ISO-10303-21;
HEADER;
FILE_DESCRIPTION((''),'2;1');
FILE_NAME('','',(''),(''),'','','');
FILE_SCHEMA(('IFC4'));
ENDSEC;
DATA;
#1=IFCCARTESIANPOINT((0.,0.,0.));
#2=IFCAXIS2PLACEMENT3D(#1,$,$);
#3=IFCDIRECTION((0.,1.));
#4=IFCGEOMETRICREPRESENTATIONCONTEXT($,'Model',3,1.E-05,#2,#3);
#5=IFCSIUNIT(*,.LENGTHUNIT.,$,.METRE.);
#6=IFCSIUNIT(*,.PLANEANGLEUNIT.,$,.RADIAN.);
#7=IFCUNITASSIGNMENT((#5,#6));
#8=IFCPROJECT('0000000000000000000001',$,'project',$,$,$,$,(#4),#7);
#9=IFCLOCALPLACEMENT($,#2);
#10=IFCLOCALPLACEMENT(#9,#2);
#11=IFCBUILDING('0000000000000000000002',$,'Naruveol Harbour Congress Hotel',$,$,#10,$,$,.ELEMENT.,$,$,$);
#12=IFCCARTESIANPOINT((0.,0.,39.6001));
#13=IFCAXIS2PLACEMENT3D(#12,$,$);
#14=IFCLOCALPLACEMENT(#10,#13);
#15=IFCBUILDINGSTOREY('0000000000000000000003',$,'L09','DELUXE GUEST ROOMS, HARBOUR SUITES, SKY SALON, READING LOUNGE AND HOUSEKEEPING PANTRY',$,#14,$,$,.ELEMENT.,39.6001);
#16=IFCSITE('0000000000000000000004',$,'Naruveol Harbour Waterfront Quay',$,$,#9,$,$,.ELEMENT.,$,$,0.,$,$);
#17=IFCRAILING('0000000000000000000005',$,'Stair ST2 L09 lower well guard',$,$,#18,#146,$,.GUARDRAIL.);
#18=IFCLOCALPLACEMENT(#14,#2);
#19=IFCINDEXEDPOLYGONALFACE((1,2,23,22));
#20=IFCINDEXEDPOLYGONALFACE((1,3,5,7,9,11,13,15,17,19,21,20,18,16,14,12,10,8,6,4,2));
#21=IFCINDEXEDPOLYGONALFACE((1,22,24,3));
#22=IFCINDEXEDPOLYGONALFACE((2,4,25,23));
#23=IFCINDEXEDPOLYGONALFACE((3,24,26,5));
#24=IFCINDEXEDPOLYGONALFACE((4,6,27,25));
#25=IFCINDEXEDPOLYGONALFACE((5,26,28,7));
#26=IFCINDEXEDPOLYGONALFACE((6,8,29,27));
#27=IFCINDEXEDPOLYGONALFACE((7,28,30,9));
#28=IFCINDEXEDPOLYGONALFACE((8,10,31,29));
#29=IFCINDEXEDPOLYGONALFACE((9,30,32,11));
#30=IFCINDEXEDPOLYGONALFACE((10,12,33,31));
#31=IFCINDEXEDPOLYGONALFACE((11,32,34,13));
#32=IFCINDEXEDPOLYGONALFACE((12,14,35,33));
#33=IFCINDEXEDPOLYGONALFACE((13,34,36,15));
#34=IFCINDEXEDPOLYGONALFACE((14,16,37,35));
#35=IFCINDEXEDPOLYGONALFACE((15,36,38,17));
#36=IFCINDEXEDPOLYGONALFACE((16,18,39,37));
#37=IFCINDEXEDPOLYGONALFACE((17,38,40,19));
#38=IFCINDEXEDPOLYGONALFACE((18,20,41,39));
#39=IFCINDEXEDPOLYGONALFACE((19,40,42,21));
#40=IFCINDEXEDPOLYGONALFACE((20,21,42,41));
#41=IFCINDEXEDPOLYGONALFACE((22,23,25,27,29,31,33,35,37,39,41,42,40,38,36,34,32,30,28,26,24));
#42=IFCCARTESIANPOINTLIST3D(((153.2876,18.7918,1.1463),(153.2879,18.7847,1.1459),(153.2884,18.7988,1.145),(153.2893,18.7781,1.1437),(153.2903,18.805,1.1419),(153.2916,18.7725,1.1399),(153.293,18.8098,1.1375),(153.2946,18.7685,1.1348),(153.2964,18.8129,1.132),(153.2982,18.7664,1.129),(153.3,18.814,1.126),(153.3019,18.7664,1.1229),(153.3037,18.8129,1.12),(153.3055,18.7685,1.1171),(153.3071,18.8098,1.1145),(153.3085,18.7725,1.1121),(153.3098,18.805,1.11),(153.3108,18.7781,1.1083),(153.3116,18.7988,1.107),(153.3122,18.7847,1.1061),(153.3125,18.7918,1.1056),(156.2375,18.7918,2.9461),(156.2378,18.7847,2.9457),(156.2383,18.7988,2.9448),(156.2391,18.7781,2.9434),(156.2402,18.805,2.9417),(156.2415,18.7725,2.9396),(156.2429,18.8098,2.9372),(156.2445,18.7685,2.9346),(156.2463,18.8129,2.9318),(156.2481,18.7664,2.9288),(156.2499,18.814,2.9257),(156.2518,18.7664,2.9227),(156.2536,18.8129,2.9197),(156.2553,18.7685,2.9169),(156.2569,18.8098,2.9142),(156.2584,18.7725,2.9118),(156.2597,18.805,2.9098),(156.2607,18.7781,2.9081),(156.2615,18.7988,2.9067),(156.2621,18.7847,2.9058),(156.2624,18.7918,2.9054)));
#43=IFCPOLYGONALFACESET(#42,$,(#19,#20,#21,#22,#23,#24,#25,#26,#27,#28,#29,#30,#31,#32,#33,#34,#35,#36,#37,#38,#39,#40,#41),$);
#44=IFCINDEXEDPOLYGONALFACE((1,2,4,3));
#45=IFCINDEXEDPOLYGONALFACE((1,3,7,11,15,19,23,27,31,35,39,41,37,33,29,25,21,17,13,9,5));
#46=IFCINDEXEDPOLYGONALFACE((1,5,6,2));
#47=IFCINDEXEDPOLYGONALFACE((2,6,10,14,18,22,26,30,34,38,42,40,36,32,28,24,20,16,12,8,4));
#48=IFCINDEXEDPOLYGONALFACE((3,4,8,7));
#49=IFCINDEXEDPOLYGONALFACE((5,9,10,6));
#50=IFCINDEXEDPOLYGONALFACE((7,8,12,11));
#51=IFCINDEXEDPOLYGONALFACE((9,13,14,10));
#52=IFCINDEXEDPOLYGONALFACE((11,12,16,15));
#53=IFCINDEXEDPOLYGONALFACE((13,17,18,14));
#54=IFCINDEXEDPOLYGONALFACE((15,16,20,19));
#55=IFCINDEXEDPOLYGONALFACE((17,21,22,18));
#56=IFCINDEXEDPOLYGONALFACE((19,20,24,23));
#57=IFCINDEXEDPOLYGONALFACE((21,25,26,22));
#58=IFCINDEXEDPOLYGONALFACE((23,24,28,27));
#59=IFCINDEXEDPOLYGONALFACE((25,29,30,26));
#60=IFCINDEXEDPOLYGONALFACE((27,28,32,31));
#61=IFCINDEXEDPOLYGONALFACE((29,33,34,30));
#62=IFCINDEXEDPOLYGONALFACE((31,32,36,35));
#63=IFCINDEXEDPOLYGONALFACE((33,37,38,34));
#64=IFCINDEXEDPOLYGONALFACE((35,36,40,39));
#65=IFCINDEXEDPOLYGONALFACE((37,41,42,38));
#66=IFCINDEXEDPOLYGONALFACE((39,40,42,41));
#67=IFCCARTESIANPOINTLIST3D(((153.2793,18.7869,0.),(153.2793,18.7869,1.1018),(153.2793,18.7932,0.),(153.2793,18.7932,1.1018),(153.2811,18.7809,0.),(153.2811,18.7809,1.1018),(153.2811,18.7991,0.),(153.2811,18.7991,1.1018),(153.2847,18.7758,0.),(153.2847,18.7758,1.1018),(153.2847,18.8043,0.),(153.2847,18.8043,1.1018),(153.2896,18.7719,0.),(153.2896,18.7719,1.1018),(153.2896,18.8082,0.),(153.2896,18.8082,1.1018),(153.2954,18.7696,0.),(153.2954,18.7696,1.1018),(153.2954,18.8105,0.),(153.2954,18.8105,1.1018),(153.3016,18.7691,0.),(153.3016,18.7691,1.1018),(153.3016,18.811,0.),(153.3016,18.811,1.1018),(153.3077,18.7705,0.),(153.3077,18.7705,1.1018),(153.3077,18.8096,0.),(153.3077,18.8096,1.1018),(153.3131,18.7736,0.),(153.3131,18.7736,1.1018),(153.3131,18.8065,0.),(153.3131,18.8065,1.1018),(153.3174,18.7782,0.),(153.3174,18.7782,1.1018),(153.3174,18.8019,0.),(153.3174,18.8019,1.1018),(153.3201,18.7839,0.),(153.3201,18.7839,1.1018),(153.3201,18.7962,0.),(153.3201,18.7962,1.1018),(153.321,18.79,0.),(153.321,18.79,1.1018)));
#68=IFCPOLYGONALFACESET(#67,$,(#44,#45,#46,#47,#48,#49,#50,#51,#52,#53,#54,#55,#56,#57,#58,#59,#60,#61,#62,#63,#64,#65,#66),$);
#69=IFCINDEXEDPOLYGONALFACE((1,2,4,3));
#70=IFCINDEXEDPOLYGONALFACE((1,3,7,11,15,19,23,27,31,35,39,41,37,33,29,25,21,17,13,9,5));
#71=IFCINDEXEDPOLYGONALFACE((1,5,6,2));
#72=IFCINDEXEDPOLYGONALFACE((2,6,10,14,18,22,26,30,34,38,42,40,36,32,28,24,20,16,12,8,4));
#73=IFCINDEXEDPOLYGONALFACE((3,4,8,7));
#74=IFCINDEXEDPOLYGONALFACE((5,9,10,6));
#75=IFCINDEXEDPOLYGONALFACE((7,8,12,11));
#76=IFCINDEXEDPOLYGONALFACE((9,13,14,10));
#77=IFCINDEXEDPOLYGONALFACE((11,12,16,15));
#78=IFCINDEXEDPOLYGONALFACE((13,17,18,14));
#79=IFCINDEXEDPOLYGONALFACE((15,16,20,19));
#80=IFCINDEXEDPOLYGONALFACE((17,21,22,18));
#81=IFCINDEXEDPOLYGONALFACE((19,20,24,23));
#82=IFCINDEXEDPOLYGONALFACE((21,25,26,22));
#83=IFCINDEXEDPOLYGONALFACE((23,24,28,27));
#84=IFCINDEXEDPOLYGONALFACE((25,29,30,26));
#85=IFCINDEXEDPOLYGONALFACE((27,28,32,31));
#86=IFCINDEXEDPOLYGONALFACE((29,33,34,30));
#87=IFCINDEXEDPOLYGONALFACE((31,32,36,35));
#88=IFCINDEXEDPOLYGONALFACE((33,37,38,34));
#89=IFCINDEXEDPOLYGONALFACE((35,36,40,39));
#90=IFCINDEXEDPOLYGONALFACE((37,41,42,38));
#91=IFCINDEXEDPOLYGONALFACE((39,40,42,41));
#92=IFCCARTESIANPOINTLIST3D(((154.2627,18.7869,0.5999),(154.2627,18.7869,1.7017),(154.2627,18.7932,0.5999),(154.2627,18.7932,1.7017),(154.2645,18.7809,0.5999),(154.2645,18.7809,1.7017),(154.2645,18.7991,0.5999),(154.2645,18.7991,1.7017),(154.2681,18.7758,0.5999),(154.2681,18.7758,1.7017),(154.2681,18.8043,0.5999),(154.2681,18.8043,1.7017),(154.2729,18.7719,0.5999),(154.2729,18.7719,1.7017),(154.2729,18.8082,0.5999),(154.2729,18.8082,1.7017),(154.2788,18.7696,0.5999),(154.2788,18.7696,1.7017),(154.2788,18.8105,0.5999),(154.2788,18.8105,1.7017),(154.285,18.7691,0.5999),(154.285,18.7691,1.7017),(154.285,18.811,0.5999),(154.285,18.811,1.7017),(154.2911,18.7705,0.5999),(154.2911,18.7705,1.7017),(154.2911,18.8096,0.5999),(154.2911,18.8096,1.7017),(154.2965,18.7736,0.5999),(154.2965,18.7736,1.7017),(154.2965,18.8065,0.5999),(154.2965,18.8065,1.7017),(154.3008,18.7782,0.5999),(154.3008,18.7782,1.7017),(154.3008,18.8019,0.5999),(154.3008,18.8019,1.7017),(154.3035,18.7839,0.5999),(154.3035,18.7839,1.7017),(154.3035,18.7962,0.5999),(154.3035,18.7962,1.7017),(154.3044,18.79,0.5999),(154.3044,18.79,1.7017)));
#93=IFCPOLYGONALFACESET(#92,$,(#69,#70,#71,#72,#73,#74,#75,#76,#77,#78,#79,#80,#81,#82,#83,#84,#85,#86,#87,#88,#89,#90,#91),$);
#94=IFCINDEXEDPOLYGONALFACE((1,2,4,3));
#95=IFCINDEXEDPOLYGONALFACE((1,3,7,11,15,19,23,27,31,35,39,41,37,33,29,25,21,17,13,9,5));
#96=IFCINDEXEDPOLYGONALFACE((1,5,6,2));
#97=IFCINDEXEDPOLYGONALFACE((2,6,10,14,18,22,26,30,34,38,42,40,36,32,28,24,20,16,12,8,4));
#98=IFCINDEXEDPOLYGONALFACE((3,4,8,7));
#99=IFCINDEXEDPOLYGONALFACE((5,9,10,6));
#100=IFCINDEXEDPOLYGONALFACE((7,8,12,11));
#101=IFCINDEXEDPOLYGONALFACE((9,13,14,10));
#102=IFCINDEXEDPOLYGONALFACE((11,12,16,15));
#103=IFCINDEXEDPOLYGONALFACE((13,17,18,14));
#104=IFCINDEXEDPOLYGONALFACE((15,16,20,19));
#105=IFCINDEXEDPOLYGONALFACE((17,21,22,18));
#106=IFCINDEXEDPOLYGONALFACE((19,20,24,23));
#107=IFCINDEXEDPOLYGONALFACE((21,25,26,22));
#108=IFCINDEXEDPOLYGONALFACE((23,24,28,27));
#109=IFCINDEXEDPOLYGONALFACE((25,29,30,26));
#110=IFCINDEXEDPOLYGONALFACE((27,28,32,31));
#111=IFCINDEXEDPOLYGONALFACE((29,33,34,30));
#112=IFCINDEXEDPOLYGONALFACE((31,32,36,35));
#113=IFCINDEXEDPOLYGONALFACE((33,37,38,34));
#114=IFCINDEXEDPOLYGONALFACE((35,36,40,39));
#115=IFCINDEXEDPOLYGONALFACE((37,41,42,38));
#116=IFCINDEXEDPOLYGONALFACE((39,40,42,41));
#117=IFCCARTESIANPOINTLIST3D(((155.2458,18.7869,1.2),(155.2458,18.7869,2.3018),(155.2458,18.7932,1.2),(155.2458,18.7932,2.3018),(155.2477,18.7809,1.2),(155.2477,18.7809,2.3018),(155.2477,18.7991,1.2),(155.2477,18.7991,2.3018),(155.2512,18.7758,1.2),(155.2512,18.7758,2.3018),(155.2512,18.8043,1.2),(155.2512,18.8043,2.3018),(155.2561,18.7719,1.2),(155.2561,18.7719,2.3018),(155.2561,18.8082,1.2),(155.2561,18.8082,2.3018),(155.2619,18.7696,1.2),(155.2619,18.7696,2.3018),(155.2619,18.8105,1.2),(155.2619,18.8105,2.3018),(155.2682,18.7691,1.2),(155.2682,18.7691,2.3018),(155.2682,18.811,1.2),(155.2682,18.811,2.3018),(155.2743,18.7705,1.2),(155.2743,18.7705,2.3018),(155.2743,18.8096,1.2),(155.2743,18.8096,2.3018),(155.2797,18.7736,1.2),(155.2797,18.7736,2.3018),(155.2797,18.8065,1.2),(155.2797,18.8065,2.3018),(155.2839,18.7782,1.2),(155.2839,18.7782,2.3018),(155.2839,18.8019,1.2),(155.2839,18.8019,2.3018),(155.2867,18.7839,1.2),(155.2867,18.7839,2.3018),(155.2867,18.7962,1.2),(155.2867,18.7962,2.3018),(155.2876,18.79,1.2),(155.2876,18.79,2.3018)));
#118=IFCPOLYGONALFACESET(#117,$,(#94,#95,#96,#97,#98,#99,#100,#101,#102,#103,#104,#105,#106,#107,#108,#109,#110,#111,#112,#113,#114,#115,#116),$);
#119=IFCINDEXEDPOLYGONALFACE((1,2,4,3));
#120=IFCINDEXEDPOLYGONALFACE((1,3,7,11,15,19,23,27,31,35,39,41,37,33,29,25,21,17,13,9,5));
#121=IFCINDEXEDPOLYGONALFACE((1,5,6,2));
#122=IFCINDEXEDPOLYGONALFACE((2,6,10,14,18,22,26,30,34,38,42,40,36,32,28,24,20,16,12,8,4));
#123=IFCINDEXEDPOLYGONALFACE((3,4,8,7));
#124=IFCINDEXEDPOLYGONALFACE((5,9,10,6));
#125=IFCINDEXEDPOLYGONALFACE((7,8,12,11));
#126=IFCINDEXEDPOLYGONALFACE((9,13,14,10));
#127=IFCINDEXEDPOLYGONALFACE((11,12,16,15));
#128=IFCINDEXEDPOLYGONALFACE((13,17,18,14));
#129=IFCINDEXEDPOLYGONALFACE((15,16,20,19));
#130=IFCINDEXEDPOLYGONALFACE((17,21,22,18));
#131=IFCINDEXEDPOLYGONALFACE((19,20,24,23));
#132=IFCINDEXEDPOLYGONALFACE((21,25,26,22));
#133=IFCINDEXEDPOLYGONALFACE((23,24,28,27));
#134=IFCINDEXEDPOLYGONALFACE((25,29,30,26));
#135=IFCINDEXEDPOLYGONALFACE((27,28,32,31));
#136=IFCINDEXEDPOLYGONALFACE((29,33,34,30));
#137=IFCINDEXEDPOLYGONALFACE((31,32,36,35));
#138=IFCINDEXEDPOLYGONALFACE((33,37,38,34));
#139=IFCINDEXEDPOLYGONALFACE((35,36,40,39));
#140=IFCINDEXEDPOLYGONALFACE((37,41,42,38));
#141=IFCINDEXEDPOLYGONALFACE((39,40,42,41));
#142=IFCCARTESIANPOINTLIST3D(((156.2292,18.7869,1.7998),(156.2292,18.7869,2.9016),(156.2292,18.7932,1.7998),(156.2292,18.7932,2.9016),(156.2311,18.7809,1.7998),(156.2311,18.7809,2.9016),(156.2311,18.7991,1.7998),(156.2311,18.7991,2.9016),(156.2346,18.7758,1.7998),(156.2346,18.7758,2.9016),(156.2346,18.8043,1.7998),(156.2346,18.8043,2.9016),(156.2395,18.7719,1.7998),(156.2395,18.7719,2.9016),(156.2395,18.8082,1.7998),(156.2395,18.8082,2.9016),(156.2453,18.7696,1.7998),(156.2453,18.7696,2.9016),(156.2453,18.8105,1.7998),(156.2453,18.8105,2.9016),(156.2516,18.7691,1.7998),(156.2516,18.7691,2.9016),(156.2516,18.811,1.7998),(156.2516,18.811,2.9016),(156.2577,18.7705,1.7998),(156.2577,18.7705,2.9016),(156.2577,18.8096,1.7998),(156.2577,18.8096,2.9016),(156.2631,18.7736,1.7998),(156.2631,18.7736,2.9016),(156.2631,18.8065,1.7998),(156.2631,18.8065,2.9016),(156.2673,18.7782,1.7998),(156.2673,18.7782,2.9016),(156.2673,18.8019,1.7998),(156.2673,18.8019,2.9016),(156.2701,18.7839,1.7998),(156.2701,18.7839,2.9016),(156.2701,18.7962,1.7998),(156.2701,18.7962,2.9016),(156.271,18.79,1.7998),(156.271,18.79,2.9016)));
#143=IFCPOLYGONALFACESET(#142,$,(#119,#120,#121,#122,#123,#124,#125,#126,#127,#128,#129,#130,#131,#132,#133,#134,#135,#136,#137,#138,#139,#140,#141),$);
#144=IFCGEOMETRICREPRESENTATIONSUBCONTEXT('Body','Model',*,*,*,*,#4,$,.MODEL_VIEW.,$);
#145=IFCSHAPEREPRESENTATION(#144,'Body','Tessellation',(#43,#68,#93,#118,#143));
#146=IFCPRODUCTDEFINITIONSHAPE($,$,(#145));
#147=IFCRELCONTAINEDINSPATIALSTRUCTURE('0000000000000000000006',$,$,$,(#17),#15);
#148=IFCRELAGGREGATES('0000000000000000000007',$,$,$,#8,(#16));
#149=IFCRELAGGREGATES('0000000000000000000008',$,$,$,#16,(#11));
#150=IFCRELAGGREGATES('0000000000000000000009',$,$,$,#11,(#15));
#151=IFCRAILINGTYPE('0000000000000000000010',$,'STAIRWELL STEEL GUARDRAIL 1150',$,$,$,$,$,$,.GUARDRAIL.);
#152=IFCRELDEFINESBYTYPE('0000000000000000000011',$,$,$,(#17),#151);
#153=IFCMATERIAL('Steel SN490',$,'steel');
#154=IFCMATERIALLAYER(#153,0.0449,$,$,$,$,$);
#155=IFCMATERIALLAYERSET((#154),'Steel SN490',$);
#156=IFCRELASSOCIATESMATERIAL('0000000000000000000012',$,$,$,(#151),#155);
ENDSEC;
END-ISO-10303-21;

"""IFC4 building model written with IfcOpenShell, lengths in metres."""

from ifc_helpers import new_model, si_unit, direction, frame, origin, origin_2d, place, context, subcontext, project, spatial, circle, extrude, material, layer, layer_set, type_object, element, save


model = new_model("IFC4")

# Units and contexts
model_context = context("Model", 3, precision=1e-05, world=origin(), true_north=direction((0.0, 1.0)))
body_context = subcontext(model_context, "Body", "Model", "MODEL_VIEW")
ifc_project = project(units=[si_unit("LENGTHUNIT", "METRE"), si_unit("PLANEANGLEUNIT", "RADIAN")], contexts=[model_context])

# Site, building, storey
site_placement = place(None, origin())
site = spatial("IfcSite", under=ifc_project, at=site_placement, Name="Naruveol Harbour Waterfront Quay", CompositionType="ELEMENT", RefElevation=0.0)
building_placement = place(site_placement, origin())
building = spatial("IfcBuilding", under=site, at=building_placement, Name="Naruveol Harbour Congress Hotel", CompositionType="ELEMENT")
storey_placement = place(building_placement, frame((0.0, 0.0, 39.6001)))
storey = spatial("IfcBuildingStorey", under=building, at=storey_placement, Name="L09", Description="DELUXE GUEST ROOMS, HARBOUR SUITES, SKY SALON, READING LOUNGE AND HOUSEKEEPING PANTRY", CompositionType="ELEMENT", Elevation=39.6001)

# Railing
ifc_material_1 = material(Name="Steel SN490", Category="steel")
ifc_layer_1 = layer(ifc_material_1, 0.0449)
ifc_layer_set_1 = layer_set([ifc_layer_1], Name="Steel SN490")
railing_type_1 = type_object("IfcRailingType", Name="STAIRWELL STEEL GUARDRAIL 1150", PredefinedType="GUARDRAIL", material=ifc_layer_set_1)
railing_1_placement = place(storey_placement, frame((153.3, 18.79, 0.0)))
element("IfcRailing", 1, at=railing_1_placement, inside=storey, type_object=railing_type_1, Name="Stair ST2 L09 lower well guard", PredefinedType="GUARDRAIL", context=body_context, shape_type="SweptSolid", body=[
    extrude(circle(Radius=0.0239, at=origin_2d()), frame((0.0, 0.0, 1.126), z_axis=(0.853661, 0.0, 0.52083), x_axis=(0.0, 1.0, 0.0)), (0.0, 0.0, 1.0), 3.4556),
    extrude(circle(Radius=0.021, at=origin_2d()), origin(), (0.0, 0.0, 1.0), 1.1018),
    extrude(circle(Radius=0.021, at=origin_2d()), frame((0.9834, 0.0, 0.5999)), (0.0, 0.0, 1.0), 1.1018),
    extrude(circle(Radius=0.021, at=origin_2d()), frame((1.9666, 0.0, 1.2)), (0.0, 0.0, 1.0), 1.1018),
    extrude(circle(Radius=0.021, at=origin_2d()), frame((2.95, 0.0, 1.7998)), (0.0, 0.0, 1.0), 1.1018),
])

save(model, "model.ifc")
